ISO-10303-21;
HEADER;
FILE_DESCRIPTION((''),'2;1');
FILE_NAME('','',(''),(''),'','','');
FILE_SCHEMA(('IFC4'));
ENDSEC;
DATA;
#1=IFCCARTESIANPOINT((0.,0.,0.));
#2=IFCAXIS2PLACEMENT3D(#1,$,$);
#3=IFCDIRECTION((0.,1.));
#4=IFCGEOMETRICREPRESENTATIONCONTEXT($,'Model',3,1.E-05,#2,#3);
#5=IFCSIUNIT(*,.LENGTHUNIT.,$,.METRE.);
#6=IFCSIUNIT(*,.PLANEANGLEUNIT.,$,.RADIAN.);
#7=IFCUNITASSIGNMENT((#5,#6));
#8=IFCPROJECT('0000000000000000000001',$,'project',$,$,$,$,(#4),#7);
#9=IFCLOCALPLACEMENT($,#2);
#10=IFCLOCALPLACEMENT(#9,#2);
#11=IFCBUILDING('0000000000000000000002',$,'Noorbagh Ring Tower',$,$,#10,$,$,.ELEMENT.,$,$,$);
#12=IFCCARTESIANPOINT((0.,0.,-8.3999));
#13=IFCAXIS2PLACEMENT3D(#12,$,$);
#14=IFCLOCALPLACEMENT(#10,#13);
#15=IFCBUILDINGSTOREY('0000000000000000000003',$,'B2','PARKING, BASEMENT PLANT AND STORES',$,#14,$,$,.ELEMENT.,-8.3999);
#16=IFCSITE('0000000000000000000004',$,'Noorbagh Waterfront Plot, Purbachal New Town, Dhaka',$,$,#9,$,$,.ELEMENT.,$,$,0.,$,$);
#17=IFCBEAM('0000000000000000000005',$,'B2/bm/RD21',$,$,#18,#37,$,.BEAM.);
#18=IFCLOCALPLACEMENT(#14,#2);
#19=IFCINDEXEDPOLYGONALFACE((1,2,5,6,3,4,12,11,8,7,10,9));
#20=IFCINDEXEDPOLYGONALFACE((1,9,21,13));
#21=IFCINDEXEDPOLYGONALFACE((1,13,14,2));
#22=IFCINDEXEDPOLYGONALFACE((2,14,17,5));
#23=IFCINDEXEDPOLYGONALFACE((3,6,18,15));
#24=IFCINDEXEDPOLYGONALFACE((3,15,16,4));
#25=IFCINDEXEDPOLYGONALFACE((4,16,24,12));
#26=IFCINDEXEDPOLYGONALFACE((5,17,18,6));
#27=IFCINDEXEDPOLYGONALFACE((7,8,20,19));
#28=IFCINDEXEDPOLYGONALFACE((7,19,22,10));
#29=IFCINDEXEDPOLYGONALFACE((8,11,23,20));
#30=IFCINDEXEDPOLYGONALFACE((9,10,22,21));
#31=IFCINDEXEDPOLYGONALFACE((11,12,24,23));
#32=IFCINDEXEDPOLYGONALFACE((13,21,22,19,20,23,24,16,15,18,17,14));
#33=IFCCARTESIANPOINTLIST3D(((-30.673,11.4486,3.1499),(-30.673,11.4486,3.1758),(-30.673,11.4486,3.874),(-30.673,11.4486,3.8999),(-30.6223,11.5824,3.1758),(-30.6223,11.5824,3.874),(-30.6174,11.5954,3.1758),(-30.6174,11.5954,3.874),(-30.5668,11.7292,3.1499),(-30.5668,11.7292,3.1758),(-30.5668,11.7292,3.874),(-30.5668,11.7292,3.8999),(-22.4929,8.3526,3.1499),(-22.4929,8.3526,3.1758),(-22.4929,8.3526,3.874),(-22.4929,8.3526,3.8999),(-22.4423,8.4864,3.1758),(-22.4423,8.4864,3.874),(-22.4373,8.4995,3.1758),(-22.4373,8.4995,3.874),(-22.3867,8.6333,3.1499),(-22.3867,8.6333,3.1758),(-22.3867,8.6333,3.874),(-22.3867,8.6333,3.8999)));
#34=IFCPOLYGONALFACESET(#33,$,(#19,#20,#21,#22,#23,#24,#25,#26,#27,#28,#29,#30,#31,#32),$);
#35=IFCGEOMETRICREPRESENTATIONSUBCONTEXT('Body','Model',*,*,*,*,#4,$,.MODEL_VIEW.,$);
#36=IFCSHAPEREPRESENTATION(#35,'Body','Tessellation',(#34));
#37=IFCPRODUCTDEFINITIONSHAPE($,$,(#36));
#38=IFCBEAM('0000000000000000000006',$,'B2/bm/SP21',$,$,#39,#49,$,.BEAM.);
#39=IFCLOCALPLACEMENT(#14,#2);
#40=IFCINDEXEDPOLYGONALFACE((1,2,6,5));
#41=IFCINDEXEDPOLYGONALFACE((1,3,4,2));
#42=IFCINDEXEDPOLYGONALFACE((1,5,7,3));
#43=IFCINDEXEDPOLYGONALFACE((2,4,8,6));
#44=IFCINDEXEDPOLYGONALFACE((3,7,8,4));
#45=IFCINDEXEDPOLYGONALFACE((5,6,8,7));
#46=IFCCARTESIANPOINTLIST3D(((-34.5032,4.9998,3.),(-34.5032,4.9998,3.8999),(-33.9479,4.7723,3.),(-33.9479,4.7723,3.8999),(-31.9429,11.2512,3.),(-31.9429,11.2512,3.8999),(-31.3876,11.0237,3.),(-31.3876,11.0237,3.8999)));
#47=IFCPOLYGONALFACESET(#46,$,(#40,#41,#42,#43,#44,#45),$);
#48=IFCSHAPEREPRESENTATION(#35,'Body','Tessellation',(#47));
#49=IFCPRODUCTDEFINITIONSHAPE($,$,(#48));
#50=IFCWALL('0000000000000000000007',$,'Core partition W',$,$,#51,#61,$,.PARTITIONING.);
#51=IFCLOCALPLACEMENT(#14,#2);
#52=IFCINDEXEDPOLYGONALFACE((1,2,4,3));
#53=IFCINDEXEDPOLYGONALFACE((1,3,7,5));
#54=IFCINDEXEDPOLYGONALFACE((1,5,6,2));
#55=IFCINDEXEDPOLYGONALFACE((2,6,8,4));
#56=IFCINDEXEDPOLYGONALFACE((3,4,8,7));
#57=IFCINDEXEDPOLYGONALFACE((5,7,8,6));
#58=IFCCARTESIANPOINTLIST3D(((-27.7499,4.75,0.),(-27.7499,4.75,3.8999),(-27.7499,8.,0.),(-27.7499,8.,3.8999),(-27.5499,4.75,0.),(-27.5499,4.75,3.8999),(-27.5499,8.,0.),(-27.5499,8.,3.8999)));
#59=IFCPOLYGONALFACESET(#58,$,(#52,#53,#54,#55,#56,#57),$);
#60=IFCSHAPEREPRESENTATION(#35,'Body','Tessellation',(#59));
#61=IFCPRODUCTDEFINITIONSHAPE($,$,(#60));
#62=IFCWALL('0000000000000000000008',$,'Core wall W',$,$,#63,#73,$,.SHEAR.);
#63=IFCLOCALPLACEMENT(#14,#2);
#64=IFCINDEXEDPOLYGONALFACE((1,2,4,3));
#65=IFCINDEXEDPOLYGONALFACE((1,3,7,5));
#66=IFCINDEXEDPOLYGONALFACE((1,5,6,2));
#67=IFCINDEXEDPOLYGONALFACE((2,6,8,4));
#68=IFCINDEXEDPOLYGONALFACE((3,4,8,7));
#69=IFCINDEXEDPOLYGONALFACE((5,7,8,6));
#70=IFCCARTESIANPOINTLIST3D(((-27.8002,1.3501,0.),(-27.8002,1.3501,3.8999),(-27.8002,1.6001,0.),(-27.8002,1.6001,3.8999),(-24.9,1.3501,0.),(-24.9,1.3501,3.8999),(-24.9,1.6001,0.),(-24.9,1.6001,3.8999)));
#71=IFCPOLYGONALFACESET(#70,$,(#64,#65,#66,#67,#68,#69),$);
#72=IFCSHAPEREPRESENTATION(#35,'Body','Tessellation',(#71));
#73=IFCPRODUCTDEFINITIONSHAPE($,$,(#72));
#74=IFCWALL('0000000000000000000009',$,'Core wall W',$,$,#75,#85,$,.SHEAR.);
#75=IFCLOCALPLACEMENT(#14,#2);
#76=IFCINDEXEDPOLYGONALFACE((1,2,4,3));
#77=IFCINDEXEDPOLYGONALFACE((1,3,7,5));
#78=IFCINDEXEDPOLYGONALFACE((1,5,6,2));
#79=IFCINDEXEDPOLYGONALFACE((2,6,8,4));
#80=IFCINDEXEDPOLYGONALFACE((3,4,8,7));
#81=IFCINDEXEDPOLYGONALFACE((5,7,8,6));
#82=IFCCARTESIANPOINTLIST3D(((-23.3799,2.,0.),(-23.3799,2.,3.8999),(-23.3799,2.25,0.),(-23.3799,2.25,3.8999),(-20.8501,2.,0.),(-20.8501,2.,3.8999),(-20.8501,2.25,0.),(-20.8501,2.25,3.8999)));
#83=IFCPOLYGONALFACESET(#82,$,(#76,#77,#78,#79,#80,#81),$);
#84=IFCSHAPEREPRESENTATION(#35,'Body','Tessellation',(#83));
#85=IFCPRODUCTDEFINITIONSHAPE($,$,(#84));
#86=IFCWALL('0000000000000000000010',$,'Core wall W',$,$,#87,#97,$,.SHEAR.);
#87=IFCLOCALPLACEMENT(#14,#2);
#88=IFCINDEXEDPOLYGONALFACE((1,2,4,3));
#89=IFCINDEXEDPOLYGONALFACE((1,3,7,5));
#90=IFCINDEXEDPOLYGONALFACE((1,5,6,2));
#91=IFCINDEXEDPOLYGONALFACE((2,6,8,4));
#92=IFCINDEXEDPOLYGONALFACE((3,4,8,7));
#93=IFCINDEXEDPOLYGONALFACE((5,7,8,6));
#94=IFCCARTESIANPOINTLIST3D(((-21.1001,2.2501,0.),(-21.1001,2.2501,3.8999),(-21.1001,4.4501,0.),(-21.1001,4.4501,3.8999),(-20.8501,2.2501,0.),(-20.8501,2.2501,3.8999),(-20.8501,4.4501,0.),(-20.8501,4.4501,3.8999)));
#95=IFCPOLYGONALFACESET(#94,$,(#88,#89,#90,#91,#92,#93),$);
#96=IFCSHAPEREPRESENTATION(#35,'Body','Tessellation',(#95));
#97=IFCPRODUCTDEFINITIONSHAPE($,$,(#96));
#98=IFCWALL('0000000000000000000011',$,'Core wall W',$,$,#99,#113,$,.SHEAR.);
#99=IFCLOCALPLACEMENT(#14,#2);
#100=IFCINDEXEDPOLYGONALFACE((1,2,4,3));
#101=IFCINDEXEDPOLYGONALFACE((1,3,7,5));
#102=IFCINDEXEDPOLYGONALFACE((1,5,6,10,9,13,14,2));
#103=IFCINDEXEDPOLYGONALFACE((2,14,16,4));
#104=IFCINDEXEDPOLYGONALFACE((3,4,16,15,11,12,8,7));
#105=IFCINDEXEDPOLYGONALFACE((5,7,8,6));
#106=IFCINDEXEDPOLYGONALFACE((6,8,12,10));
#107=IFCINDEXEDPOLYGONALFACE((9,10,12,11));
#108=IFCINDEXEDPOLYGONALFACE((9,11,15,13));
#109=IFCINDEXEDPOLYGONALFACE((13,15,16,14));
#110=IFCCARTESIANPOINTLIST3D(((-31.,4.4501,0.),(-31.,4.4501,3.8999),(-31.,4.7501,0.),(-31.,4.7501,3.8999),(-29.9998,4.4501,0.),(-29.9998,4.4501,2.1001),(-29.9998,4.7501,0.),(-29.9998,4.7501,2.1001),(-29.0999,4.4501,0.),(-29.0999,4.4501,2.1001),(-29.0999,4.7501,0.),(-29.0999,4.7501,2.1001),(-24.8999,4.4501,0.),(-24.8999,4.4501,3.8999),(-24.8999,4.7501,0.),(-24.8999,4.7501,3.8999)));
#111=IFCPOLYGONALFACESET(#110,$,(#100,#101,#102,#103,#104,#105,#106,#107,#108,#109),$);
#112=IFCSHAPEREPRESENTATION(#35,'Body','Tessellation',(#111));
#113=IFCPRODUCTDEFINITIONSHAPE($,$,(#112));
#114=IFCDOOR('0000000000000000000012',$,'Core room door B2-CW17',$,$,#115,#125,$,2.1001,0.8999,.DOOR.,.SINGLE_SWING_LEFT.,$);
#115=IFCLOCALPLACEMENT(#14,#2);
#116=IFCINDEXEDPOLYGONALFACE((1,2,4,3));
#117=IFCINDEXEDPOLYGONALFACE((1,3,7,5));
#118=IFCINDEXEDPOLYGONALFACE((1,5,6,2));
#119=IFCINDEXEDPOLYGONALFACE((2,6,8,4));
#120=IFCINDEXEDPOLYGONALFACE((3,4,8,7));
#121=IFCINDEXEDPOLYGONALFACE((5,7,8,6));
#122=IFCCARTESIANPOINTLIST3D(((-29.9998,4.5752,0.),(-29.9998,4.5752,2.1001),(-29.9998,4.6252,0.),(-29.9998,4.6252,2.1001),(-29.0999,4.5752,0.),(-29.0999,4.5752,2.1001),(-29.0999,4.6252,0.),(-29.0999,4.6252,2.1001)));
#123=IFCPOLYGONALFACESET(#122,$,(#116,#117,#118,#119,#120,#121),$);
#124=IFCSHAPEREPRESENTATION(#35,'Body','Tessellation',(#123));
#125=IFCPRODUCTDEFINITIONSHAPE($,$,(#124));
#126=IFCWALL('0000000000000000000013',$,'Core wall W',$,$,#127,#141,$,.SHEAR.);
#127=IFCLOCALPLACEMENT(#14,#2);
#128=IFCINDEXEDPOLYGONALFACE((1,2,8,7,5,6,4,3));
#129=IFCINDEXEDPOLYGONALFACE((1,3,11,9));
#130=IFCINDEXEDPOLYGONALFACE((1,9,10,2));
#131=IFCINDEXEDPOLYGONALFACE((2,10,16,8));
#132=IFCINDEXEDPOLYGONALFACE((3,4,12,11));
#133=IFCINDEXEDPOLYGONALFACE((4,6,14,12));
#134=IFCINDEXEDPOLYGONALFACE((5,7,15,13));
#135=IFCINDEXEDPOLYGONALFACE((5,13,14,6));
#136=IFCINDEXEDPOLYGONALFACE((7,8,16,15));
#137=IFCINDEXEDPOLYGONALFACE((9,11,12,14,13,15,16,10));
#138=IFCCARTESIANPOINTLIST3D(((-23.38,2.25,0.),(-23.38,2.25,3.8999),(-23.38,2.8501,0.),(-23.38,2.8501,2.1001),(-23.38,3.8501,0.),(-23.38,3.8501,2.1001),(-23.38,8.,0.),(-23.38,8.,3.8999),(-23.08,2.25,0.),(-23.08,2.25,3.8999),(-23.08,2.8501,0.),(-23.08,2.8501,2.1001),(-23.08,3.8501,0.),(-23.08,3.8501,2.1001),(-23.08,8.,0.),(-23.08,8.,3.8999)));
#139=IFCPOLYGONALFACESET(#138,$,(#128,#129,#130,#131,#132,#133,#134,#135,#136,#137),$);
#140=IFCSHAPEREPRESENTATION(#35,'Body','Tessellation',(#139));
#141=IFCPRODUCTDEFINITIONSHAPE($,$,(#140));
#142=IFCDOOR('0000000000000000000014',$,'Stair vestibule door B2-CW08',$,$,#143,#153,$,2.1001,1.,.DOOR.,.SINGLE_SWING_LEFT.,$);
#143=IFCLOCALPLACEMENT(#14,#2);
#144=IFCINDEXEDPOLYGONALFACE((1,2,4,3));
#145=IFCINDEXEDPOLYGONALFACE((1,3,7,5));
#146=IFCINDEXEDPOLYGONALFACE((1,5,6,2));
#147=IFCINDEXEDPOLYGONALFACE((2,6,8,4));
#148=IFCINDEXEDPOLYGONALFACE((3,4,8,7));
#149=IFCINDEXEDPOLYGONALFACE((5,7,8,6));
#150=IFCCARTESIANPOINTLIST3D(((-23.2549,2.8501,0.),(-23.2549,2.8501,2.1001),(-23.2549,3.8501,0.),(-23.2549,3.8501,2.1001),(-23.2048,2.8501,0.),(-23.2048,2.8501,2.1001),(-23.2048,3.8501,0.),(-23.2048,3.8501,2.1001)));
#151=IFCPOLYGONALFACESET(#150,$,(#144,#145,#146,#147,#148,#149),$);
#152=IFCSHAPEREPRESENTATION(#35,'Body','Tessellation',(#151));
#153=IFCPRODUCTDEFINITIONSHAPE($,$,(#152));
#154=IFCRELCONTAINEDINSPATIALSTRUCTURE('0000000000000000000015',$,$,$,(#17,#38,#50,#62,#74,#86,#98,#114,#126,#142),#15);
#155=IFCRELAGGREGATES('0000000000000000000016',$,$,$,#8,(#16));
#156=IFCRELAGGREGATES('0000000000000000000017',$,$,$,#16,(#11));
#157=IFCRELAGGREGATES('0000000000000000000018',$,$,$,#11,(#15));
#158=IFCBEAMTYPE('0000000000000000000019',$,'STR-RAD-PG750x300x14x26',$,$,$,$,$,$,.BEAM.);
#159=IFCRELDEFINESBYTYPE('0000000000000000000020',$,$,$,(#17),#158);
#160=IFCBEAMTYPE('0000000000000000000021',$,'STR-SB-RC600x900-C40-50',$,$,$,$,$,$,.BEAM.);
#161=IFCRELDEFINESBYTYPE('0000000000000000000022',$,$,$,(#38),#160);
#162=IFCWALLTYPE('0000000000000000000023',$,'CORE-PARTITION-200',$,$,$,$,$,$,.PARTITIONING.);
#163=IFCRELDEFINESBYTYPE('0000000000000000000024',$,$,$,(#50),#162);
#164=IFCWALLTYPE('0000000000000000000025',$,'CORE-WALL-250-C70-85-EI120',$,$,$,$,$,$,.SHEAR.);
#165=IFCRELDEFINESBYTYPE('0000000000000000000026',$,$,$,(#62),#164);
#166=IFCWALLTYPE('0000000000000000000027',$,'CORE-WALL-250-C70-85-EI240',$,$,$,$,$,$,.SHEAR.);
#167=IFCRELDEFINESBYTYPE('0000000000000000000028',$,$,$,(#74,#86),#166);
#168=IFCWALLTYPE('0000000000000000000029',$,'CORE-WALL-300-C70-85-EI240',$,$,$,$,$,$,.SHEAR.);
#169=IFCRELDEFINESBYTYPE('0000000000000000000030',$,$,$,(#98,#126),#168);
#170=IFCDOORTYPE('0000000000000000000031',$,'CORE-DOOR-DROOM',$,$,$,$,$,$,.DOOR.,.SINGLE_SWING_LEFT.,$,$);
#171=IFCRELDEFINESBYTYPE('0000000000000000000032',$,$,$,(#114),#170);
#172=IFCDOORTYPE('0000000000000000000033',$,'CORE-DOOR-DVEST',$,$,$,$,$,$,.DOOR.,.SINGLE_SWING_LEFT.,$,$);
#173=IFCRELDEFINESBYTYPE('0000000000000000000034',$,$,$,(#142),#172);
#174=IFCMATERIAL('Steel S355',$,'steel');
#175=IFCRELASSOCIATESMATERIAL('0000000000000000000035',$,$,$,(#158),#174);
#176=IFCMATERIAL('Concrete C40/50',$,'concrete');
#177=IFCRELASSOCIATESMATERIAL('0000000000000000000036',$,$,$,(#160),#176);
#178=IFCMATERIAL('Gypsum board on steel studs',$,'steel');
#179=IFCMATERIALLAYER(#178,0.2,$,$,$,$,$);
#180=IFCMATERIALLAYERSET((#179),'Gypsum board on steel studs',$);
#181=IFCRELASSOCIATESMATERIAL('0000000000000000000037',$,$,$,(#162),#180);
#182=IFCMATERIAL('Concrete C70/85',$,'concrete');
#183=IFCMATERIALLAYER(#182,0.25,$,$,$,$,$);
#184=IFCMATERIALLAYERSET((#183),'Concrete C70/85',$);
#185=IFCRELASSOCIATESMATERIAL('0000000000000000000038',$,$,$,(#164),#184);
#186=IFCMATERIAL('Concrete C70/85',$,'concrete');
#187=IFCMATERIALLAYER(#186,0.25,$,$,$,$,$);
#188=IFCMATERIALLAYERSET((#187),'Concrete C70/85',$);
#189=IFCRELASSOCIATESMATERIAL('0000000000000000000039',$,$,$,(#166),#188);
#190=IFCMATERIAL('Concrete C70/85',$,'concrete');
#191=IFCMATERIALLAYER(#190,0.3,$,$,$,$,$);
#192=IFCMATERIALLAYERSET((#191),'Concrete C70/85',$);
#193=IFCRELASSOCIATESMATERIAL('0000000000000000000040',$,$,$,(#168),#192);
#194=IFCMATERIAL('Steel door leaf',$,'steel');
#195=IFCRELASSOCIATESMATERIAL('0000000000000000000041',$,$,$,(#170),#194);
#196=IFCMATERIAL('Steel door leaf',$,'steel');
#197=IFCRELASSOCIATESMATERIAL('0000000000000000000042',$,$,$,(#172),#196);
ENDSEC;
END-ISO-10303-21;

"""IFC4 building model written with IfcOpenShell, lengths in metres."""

from ifc_helpers import new_model, si_unit, direction, frame, frame_2d, origin, origin_2d, place, context, subcontext, project, spatial, rectangle, i_section, extrude, material, layer, layer_set, material_profile, profile_set, type_object, element, fill, save


model = new_model("IFC4")

# Units and contexts
model_context = context("Model", 3, precision=1e-05, world=origin(), true_north=direction((0.0, 1.0)))
body_context = subcontext(model_context, "Body", "Model", "MODEL_VIEW")
ifc_project = project(units=[si_unit("LENGTHUNIT", "METRE"), si_unit("PLANEANGLEUNIT", "RADIAN")], contexts=[model_context])

# Site, building, storey
site_placement = place(None, origin())
site = spatial("IfcSite", under=ifc_project, at=site_placement, Name="Noorbagh Waterfront Plot, Purbachal New Town, Dhaka", CompositionType="ELEMENT", RefElevation=0.0)
building_placement = place(site_placement, origin())
building = spatial("IfcBuilding", under=site, at=building_placement, Name="Noorbagh Ring Tower", CompositionType="ELEMENT")
storey_placement = place(building_placement, frame((0.0, 0.0, -8.3999)))
storey = spatial("IfcBuildingStorey", under=building, at=storey_placement, Name="B2", Description="PARKING, BASEMENT PLANT AND STORES", CompositionType="ELEMENT", Elevation=-8.3999)

# Beams
ifc_material_1 = material(Name="Steel S355", Category="steel")
ifc_material_profile_1 = material_profile(ifc_material_1, i_section(OverallWidth=0.3, OverallDepth=0.75, WebThickness=0.0139, FlangeThickness=0.0259, at=origin_2d()), Name="PG750x300x14x26")
ifc_profile_set_1 = profile_set([ifc_material_profile_1], Name="Steel S355")
beam_type_1 = type_object("IfcBeamType", Name="STR-RAD-PG750x300x14x26", PredefinedType="BEAM", material=ifc_profile_set_1)
beam_1_placement = place(storey_placement, frame((-30.6199, 11.5889, 3.5249), z_axis=(0.935258, -0.353967, 0.0), x_axis=(0.353967, 0.935258, 0.0)))
element("IfcBeam", 1, at=beam_1_placement, inside=storey, type_object=beam_type_1, Name="B2/bm/RD21", PredefinedType="BEAM", context=body_context, shape_type="SweptSolid", body=[
    extrude(i_section(OverallWidth=0.3, OverallDepth=0.75, WebThickness=0.0139, FlangeThickness=0.0259, at=origin_2d()), origin(), (0.0, 0.0, 1.0), 8.7463),
])
ifc_material_2 = material(Name="Concrete C40/50", Category="concrete")
ifc_material_profile_2 = material_profile(ifc_material_2, rectangle(XDim=0.6001, YDim=0.8999, at=origin_2d()), Name="RC600x900")
ifc_profile_set_2 = profile_set([ifc_material_profile_2], Name="Concrete C40/50")
beam_type_2 = type_object("IfcBeamType", Name="STR-SB-RC600x900-C40-50", PredefinedType="BEAM", material=ifc_profile_set_2)
beam_2_placement = place(storey_placement, frame((-31.6653, 11.1375, 3.45), z_axis=(-0.378999, -0.925397, 0.0), x_axis=(0.925397, -0.378999, 0.0)))
element("IfcBeam", 2, at=beam_2_placement, inside=storey, type_object=beam_type_2, Name="B2/bm/SP21", PredefinedType="BEAM", context=body_context, shape_type="SweptSolid", body=[
    extrude(rectangle(XDim=0.6001, YDim=0.8999, at=origin_2d()), origin(), (0.0, 0.0, 1.0), 6.7554),
])

# Walls
ifc_material_3 = material(Name="Gypsum board on steel studs", Category="steel")
ifc_layer_1 = layer(ifc_material_3, 0.2)
ifc_layer_set_1 = layer_set([ifc_layer_1], Name="Gypsum board on steel studs")
wall_type_1 = type_object("IfcWallType", Name="CORE-PARTITION-200", PredefinedType="PARTITIONING", material=ifc_layer_set_1)
wall_1_placement = place(storey_placement, frame((-27.6499, 4.75, 0.0), z_axis=(0.0, 0.0, 1.0), x_axis=(0.0, 1.0, 0.0)))
element("IfcWall", 3, at=wall_1_placement, inside=storey, type_object=wall_type_1, Name="Core partition W", PredefinedType="PARTITIONING", context=body_context, shape_type="SweptSolid", body=[
    extrude(rectangle(XDim=3.25, YDim=0.2, at=frame_2d((1.625, 0.0))), origin(), (0.0, 0.0, 1.0), 3.8999),
])
ifc_material_4 = material(Name="Concrete C70/85", Category="concrete")
ifc_layer_2 = layer(ifc_material_4, 0.25)
ifc_layer_set_2 = layer_set([ifc_layer_2], Name="Concrete C70/85")
wall_type_2 = type_object("IfcWallType", Name="CORE-WALL-250-C70-85-EI120", PredefinedType="SHEAR", material=ifc_layer_set_2)
wall_2_placement = place(storey_placement, frame((-24.8999, 1.4751, 0.0), z_axis=(0.0, 0.0, 1.0), x_axis=(-1.0, 0.0, 0.0)))
element("IfcWall", 4, at=wall_2_placement, inside=storey, type_object=wall_type_2, Name="Core wall W", PredefinedType="SHEAR", context=body_context, shape_type="SweptSolid", body=[
    extrude(rectangle(XDim=2.9001, YDim=0.25, at=frame_2d((1.4502, 0.0))), origin(), (0.0, 0.0, 1.0), 3.8999),
])
ifc_material_5 = material(Name="Concrete C70/85", Category="concrete")
ifc_layer_3 = layer(ifc_material_5, 0.25)
ifc_layer_set_3 = layer_set([ifc_layer_3], Name="Concrete C70/85")
wall_type_3 = type_object("IfcWallType", Name="CORE-WALL-250-C70-85-EI240", PredefinedType="SHEAR", material=ifc_layer_set_3)
wall_3_placement = place(storey_placement, frame((-20.8501, 2.125, 0.0), z_axis=(0.0, 0.0, 1.0), x_axis=(-1.0, 0.0, 0.0)))
element("IfcWall", 5, at=wall_3_placement, inside=storey, type_object=wall_type_3, Name="Core wall W", PredefinedType="SHEAR", context=body_context, shape_type="SweptSolid", body=[
    extrude(rectangle(XDim=2.5298, YDim=0.25, at=frame_2d((1.2649, 0.0))), origin(), (0.0, 0.0, 1.0), 3.8999),
])
wall_4_placement = place(storey_placement, frame((-20.9751, 2.25, 0.0), z_axis=(0.0, 0.0, 1.0), x_axis=(0.0, 1.0, 0.0)))
element("IfcWall", 6, at=wall_4_placement, inside=storey, type_object=wall_type_3, Name="Core wall W", PredefinedType="SHEAR", context=body_context, shape_type="SweptSolid", body=[
    extrude(rectangle(XDim=2.2, YDim=0.25, at=frame_2d((1.1001, 0.0))), origin(), (0.0, 0.0, 1.0), 3.8999),
])

# Walls, openings, doors
ifc_material_6 = material(Name="Concrete C70/85", Category="concrete")
ifc_layer_4 = layer(ifc_material_6, 0.3)
ifc_layer_set_4 = layer_set([ifc_layer_4], Name="Concrete C70/85")
wall_type_4 = type_object("IfcWallType", Name="CORE-WALL-300-C70-85-EI240", PredefinedType="SHEAR", material=ifc_layer_set_4)
wall_5_placement = place(storey_placement, frame((-24.8999, 4.6001, 0.0), z_axis=(0.0, 0.0, 1.0), x_axis=(-1.0, 0.0, 0.0)))
wall_5 = element("IfcWall", 7, at=wall_5_placement, inside=storey, type_object=wall_type_4, Name="Core wall W", PredefinedType="SHEAR", context=body_context, shape_type="SweptSolid", body=[
    extrude(rectangle(XDim=6.1001, YDim=0.3, at=frame_2d((3.05, 0.0))), origin(), (0.0, 0.0, 1.0), 3.8999),
])
opening_1_placement = place(wall_5_placement, frame((4.2, 0.0, 0.0)))
opening_1 = element("IfcOpeningElement", 8, at=opening_1_placement, cuts=wall_5, PredefinedType="OPENING", context=body_context, shape_type="SweptSolid", body=[
    extrude(rectangle(XDim=0.8999, YDim=2.1001, at=frame_2d((0.45, 1.05))), frame((0.0, 0.1602, 0.0), z_axis=(0.0, -1.0, 0.0), x_axis=(1.0, 0.0, 0.0)), (0.0, 0.0, 1.0), 0.3201),
])
ifc_material_7 = material(Name="Steel door leaf", Category="steel")
door_type_1 = type_object("IfcDoorType", Name="CORE-DOOR-DROOM", OperationType="SINGLE_SWING_LEFT", PredefinedType="DOOR", material=ifc_material_7)
door_1_placement = place(opening_1_placement, origin())
door_1 = element("IfcDoor", 9, at=door_1_placement, inside=storey, type_object=door_type_1, Name="Core room door B2-CW17", OperationType="SINGLE_SWING_LEFT", OverallHeight=2.1001, OverallWidth=0.8999, PredefinedType="DOOR", context=body_context, shape_type="SweptSolid", body=[
    extrude(rectangle(XDim=0.8999, YDim=2.1001, at=frame_2d((0.45, 1.05))), frame((0.0, 0.0249, 0.0), z_axis=(0.0, -1.0, 0.0), x_axis=(1.0, 0.0, 0.0)), (0.0, 0.0, 1.0), 0.05),
])
fill(opening_1, door_1)
wall_6_placement = place(storey_placement, frame((-23.23, 2.25, 0.0), z_axis=(0.0, 0.0, 1.0), x_axis=(0.0, 1.0, 0.0)))
wall_6 = element("IfcWall", 10, at=wall_6_placement, inside=storey, type_object=wall_type_4, Name="Core wall W", PredefinedType="SHEAR", context=body_context, shape_type="SweptSolid", body=[
    extrude(rectangle(XDim=5.75, YDim=0.3, at=frame_2d((2.875, 0.0))), origin(), (0.0, 0.0, 1.0), 3.8999),
])
opening_2_placement = place(wall_6_placement, frame((0.6001, 0.0, 0.0)))
opening_2 = element("IfcOpeningElement", 11, at=opening_2_placement, cuts=wall_6, PredefinedType="OPENING", context=body_context, shape_type="SweptSolid", body=[
    extrude(rectangle(XDim=1.0, YDim=2.1001, at=frame_2d((0.5, 1.05))), frame((0.0, 0.1602, 0.0), z_axis=(0.0, -1.0, 0.0), x_axis=(1.0, 0.0, 0.0)), (0.0, 0.0, 1.0), 0.3201),
])
ifc_material_8 = material(Name="Steel door leaf", Category="steel")
door_type_2 = type_object("IfcDoorType", Name="CORE-DOOR-DVEST", OperationType="SINGLE_SWING_LEFT", PredefinedType="DOOR", material=ifc_material_8)
door_2_placement = place(opening_2_placement, origin())
door_2 = element("IfcDoor", 12, at=door_2_placement, inside=storey, type_object=door_type_2, Name="Stair vestibule door B2-CW08", OperationType="SINGLE_SWING_LEFT", OverallHeight=2.1001, OverallWidth=1.0, PredefinedType="DOOR", context=body_context, shape_type="SweptSolid", body=[
    extrude(rectangle(XDim=1.0, YDim=2.1001, at=frame_2d((0.5, 1.05))), frame((0.0, 0.0249, 0.0), z_axis=(0.0, -1.0, 0.0), x_axis=(1.0, 0.0, 0.0)), (0.0, 0.0, 1.0), 0.05),
])
fill(opening_2, door_2)

save(model, "model.ifc")
